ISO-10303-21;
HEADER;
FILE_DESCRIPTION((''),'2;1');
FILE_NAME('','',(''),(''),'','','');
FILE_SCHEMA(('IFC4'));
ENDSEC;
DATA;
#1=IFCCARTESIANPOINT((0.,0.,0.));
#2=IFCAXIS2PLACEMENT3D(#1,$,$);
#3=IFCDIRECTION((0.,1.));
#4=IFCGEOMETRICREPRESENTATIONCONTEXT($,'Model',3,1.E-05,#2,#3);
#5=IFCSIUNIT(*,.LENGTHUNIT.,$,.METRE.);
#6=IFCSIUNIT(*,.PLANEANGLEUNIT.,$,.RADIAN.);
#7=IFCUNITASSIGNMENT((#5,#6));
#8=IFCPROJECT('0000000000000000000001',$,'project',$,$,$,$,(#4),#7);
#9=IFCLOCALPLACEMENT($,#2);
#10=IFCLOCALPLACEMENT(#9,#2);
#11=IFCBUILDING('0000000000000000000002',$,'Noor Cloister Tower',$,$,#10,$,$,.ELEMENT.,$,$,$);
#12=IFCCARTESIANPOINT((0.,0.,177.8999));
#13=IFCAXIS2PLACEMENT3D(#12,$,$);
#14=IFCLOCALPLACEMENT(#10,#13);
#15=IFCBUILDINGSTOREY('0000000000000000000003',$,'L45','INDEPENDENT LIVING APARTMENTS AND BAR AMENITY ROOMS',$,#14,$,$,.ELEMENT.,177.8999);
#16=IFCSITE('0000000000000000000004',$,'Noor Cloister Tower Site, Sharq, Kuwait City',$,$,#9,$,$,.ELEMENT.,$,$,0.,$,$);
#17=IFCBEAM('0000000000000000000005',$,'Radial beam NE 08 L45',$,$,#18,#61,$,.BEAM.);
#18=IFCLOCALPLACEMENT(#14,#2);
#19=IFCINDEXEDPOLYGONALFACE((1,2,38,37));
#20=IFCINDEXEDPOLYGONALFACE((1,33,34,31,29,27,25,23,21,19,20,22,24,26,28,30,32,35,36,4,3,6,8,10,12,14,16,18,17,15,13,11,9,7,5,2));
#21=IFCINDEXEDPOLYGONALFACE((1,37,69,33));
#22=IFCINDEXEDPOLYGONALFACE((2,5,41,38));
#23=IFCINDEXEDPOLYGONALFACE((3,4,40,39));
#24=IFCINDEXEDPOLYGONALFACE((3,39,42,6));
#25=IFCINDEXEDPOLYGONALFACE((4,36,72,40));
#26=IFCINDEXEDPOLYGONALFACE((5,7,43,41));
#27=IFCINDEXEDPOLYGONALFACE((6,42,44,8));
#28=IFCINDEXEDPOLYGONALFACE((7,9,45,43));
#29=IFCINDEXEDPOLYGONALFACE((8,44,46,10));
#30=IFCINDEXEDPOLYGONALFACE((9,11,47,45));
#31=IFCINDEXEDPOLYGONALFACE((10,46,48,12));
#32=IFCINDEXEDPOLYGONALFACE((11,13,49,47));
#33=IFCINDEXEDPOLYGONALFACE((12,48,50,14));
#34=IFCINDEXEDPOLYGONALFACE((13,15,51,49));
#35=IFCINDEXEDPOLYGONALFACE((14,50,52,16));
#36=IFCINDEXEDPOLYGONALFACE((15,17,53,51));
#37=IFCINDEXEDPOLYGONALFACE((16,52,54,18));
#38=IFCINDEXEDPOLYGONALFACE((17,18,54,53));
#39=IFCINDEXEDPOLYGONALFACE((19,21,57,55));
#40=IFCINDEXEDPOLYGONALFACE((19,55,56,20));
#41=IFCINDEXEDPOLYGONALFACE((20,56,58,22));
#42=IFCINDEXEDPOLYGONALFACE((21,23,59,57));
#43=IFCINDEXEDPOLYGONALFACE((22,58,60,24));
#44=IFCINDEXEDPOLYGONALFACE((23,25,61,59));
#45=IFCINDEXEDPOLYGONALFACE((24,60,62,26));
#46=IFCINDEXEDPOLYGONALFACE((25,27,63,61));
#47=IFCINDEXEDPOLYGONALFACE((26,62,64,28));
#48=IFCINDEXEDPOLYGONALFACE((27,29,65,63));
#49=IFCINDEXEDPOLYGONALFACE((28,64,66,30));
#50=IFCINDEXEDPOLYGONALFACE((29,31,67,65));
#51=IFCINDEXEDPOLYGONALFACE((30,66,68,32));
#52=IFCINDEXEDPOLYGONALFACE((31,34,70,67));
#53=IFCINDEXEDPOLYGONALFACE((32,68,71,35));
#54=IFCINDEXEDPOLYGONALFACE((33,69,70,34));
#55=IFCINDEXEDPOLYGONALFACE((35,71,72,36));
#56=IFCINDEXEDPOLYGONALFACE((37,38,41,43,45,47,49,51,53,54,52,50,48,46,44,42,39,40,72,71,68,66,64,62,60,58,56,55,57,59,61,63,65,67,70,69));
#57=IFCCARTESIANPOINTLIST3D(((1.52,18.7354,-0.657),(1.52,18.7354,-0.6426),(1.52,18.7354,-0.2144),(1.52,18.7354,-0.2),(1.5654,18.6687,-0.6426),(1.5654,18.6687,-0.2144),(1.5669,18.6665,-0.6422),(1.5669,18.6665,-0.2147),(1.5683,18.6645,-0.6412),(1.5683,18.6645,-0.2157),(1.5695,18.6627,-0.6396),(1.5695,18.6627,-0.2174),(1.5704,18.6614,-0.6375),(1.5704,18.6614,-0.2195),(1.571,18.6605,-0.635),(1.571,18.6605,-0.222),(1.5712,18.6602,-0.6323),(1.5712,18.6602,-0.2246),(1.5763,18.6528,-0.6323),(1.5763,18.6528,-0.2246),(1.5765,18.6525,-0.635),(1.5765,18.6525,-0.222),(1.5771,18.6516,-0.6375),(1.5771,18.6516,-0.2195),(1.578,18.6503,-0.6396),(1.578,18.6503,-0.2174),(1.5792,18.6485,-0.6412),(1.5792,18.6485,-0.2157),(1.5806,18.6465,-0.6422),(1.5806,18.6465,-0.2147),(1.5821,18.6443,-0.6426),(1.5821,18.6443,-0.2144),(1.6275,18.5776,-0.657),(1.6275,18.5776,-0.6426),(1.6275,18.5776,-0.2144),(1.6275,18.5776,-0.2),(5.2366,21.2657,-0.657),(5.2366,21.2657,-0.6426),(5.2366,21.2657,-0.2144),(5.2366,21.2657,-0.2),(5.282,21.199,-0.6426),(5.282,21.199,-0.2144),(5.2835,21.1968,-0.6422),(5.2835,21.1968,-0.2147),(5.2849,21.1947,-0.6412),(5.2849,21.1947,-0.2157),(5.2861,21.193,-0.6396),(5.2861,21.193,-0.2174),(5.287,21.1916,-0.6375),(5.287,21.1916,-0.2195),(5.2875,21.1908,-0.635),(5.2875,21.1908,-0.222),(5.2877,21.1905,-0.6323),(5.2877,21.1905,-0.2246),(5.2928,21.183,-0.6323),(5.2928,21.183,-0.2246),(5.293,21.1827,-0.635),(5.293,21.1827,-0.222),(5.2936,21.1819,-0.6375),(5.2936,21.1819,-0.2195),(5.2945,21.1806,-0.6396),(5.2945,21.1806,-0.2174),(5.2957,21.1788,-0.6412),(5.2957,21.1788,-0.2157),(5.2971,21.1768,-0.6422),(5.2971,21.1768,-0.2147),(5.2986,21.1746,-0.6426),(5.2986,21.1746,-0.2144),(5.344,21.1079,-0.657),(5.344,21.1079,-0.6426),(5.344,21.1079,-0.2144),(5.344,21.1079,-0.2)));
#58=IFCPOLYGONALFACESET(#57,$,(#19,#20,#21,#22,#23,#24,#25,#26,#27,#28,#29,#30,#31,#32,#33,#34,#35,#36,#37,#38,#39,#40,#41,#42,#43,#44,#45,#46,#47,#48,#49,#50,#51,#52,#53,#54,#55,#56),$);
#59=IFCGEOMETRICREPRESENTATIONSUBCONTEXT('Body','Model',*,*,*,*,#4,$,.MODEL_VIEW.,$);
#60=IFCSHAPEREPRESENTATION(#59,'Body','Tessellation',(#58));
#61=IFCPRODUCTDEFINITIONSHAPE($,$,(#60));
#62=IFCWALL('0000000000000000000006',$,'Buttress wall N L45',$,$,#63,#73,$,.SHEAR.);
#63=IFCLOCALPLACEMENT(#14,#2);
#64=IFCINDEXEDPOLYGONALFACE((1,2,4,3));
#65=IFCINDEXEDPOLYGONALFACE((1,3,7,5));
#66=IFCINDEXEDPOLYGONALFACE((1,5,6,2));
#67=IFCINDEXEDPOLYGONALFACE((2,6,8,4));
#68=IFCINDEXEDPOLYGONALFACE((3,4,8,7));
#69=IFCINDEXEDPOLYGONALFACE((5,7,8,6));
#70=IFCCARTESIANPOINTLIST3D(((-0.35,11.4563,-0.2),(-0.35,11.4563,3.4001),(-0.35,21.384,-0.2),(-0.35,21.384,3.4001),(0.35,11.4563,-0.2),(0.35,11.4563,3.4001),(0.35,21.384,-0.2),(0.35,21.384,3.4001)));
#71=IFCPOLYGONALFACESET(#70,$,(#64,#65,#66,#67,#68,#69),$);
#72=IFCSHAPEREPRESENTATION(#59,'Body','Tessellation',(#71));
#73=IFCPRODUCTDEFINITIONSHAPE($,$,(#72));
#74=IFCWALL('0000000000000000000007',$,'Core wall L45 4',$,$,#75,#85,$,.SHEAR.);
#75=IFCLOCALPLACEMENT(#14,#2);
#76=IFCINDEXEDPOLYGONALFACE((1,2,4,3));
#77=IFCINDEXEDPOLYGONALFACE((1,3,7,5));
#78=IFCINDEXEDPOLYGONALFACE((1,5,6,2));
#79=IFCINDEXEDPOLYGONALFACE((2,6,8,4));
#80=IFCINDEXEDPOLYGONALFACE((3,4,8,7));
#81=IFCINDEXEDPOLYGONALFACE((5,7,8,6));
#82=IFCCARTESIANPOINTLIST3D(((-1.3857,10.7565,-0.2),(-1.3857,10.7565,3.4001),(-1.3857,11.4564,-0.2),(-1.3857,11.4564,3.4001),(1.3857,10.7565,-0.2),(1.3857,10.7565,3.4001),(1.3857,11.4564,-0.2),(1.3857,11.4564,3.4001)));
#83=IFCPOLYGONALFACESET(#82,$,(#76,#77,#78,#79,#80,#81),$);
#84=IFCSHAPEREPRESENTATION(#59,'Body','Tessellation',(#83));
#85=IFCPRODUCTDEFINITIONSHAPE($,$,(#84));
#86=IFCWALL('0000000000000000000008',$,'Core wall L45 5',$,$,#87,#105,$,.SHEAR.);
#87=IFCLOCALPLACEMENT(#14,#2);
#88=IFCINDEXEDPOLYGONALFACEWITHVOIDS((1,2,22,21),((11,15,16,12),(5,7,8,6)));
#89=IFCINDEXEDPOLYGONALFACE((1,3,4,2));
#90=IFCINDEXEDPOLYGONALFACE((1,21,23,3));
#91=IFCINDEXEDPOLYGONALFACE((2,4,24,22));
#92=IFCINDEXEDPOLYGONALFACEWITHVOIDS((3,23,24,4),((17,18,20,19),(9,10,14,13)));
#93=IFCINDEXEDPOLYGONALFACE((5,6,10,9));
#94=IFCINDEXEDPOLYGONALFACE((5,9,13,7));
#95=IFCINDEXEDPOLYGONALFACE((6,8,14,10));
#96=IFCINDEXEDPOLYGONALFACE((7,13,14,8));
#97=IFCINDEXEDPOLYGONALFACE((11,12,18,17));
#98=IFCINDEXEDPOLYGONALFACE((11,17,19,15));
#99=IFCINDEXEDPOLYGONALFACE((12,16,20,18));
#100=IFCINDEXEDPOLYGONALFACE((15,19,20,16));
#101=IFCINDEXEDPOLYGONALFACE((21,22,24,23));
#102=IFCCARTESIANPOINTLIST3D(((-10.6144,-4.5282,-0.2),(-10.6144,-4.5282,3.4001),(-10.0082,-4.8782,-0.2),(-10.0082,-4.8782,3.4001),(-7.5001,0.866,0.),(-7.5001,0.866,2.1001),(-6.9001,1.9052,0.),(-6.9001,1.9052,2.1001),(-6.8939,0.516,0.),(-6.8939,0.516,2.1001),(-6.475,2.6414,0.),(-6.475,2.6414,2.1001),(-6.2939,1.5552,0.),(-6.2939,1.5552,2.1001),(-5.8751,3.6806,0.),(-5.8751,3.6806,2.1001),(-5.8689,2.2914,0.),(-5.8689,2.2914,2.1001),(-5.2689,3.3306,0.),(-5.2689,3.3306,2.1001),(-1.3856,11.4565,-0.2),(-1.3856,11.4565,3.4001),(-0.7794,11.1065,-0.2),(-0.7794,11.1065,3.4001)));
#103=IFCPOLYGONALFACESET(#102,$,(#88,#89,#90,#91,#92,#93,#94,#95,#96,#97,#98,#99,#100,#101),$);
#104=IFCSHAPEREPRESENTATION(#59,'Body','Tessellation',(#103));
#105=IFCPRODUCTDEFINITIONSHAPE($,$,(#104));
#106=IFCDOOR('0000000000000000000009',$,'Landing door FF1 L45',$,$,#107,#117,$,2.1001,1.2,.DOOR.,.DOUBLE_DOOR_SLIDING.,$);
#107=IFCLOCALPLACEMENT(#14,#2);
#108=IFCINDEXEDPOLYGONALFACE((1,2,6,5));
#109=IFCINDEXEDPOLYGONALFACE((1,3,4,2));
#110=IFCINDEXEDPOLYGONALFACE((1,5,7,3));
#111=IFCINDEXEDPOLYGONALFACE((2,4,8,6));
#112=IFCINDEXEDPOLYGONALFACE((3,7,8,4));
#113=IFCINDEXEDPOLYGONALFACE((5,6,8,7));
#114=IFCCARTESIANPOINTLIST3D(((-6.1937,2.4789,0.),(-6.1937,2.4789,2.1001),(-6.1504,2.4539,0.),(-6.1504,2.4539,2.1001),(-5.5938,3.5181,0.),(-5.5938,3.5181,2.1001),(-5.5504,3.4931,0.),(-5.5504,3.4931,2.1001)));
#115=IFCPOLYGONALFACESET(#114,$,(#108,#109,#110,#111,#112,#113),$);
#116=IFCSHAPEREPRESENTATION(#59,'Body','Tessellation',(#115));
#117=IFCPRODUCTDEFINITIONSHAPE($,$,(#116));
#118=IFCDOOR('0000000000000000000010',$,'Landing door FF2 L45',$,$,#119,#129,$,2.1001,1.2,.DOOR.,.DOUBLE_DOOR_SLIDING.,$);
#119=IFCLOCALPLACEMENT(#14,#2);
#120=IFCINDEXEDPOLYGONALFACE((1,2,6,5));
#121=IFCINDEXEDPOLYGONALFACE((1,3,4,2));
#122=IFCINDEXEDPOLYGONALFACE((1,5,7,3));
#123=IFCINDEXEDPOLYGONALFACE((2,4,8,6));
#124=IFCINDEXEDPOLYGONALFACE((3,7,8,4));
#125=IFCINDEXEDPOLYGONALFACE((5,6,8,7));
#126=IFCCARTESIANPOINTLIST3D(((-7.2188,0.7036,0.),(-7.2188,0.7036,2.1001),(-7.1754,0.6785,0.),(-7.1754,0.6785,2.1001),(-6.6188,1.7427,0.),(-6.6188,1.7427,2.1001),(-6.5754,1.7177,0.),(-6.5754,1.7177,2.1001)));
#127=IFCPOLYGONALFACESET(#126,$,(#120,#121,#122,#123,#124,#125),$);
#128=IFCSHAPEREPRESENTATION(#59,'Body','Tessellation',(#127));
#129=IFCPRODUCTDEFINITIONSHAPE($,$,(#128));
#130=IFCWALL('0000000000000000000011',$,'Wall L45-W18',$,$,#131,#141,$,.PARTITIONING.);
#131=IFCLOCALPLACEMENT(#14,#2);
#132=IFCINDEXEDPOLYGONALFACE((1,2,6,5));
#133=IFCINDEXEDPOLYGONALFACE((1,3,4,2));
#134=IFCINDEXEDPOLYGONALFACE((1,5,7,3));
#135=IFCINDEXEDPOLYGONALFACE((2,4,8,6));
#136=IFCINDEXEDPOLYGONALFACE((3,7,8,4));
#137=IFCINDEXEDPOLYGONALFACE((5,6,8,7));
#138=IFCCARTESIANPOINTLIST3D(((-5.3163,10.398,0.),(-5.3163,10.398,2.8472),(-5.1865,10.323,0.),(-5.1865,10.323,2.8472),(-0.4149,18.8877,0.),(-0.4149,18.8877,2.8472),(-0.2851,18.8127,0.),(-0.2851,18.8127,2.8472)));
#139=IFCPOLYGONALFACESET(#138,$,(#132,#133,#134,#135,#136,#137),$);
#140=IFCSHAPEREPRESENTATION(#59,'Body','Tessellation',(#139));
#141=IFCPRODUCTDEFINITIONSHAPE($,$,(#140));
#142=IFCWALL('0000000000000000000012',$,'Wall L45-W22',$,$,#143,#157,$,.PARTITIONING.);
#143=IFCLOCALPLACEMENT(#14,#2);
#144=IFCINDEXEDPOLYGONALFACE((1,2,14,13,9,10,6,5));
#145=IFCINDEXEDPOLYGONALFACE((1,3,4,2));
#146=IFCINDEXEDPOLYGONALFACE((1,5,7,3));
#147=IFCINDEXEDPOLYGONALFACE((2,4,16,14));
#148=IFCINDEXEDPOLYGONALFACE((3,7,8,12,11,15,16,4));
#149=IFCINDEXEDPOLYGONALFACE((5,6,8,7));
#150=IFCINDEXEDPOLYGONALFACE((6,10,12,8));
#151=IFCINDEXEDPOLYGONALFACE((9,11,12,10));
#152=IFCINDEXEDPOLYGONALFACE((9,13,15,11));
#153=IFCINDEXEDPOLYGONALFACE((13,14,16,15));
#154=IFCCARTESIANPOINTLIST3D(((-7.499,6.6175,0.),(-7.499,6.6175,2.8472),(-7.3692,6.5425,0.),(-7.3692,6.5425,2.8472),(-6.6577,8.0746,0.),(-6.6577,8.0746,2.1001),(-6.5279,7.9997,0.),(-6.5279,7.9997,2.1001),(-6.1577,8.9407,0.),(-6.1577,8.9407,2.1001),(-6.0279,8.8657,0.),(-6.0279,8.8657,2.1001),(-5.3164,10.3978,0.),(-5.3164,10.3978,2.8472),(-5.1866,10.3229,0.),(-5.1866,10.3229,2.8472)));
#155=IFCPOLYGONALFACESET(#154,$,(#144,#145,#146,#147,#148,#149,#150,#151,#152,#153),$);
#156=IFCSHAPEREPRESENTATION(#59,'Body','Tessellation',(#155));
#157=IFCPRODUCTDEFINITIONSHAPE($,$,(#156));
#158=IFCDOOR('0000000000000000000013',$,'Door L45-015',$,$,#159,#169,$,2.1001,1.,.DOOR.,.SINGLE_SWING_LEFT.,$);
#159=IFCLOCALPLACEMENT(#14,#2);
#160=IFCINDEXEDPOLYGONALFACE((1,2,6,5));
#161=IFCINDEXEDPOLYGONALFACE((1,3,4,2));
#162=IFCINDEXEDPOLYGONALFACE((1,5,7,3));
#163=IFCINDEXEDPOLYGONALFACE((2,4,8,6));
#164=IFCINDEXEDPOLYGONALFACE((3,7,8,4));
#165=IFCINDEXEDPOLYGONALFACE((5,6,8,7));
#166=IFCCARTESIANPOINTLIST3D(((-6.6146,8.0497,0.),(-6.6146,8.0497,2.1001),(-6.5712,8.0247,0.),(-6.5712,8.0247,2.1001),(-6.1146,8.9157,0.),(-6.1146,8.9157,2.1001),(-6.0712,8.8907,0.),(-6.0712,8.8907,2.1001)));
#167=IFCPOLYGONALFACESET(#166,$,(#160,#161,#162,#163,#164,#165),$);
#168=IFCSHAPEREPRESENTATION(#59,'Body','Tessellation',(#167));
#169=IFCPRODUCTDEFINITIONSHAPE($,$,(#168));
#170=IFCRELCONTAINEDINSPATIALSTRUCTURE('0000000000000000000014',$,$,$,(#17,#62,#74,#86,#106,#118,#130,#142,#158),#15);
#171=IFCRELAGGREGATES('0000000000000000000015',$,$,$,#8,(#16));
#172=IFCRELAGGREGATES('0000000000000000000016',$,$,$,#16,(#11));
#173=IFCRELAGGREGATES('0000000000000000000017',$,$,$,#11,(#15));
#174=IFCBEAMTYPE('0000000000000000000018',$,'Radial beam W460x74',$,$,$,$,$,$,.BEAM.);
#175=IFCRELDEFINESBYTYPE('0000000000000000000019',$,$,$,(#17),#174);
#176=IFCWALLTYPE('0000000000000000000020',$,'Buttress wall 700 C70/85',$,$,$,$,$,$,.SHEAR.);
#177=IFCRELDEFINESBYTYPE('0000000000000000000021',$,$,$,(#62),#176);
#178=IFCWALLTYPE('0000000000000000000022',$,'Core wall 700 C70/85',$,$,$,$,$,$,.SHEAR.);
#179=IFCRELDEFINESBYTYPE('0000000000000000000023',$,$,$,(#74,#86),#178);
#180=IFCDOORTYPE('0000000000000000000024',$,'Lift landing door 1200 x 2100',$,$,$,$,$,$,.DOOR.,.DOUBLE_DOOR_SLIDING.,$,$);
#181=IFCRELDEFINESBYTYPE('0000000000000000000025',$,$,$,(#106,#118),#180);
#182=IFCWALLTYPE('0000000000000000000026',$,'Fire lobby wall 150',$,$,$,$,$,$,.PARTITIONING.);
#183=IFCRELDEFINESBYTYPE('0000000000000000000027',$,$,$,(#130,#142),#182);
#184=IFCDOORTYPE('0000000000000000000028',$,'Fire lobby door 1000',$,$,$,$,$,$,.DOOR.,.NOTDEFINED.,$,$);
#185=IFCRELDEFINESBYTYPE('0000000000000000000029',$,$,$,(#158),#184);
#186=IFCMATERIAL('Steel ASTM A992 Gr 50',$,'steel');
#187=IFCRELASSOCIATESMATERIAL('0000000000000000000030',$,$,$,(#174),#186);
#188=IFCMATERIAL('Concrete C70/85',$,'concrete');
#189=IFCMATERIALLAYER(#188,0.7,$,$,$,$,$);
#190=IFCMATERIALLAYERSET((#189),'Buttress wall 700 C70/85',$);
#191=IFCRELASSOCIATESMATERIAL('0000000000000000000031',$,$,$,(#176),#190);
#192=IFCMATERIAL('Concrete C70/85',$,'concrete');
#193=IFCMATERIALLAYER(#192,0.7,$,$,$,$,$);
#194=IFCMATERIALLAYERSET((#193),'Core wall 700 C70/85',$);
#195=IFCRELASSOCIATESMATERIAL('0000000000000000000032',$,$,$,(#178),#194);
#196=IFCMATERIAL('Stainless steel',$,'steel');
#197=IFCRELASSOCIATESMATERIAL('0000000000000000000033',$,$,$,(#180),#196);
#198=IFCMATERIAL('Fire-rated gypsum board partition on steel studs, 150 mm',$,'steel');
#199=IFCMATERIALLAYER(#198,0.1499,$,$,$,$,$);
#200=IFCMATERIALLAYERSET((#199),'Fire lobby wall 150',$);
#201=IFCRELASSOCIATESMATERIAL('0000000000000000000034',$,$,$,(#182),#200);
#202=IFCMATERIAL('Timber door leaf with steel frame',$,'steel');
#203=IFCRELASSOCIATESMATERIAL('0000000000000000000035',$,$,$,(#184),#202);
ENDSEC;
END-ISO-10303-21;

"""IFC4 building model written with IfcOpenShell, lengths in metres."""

from ifc_helpers import new_model, si_unit, direction, frame, frame_2d, origin, origin_2d, place, context, subcontext, project, spatial, rectangle, i_section, extrude, material, layer, layer_set, material_profile, profile_set, type_object, element, fill, save


model = new_model("IFC4")

# Units and contexts
model_context = context("Model", 3, precision=1e-05, world=origin(), true_north=direction((0.0, 1.0)))
body_context = subcontext(model_context, "Body", "Model", "MODEL_VIEW")
ifc_project = project(units=[si_unit("LENGTHUNIT", "METRE"), si_unit("PLANEANGLEUNIT", "RADIAN")], contexts=[model_context])

# Site, building, storey
site_placement = place(None, origin())
site = spatial("IfcSite", under=ifc_project, at=site_placement, Name="Noor Cloister Tower Site, Sharq, Kuwait City", CompositionType="ELEMENT", RefElevation=0.0)
building_placement = place(site_placement, origin())
building = spatial("IfcBuilding", under=site, at=building_placement, Name="Noor Cloister Tower", CompositionType="ELEMENT")
storey_placement = place(building_placement, frame((0.0, 0.0, 177.8999)))
storey = spatial("IfcBuildingStorey", under=building, at=storey_placement, Name="L45", Description="INDEPENDENT LIVING APARTMENTS AND BAR AMENITY ROOMS", CompositionType="ELEMENT", Elevation=177.8999)

# Beam
ifc_material_1 = material(Name="Steel ASTM A992 Gr 50", Category="steel")
ifc_material_profile_1 = material_profile(ifc_material_1, i_section(OverallWidth=0.1909, OverallDepth=0.457, WebThickness=0.009, FlangeThickness=0.0144, FilletRadius=0.0103, at=origin_2d()), Name="W460x74")
ifc_profile_set_1 = profile_set([ifc_material_profile_1], Name="Steel ASTM A992 Gr 50")
beam_type = type_object("IfcBeamType", Name="Radial beam W460x74", PredefinedType="BEAM", material=ifc_profile_set_1)
beam_1_placement = place(storey_placement, frame((5.2903, 21.1868, -0.4285), z_axis=(-0.826614, -0.562769, 0.0), x_axis=(0.562769, -0.826614, 0.0)))
element("IfcBeam", 1, at=beam_1_placement, inside=storey, type_object=beam_type, Name="Radial beam NE 08 L45", PredefinedType="BEAM", context=body_context, shape_type="SweptSolid", body=[
    extrude(i_section(OverallWidth=0.1909, OverallDepth=0.457, WebThickness=0.009, FlangeThickness=0.0144, FilletRadius=0.0103, at=origin_2d()), origin(), (0.0, 0.0, 1.0), 4.4961),
])

# Walls
ifc_material_2 = material(Name="Concrete C70/85", Category="concrete")
ifc_layer_1 = layer(ifc_material_2, 0.7)
ifc_layer_set_1 = layer_set([ifc_layer_1], Name="Buttress wall 700 C70/85")
wall_type_1 = type_object("IfcWallType", Name="Buttress wall 700 C70/85", PredefinedType="SHEAR", material=ifc_layer_set_1)
wall_1_placement = place(storey_placement, frame((0.0, 11.4563, -0.2), z_axis=(0.0, 0.0, 1.0), x_axis=(0.0, 1.0, 0.0)))
element("IfcWall", 2, at=wall_1_placement, inside=storey, type_object=wall_type_1, Name="Buttress wall N L45", PredefinedType="SHEAR", context=body_context, shape_type="SweptSolid", body=[
    extrude(rectangle(XDim=9.9277, YDim=0.7, at=frame_2d((4.9639, 0.0))), origin(), (0.0, 0.0, 1.0), 3.6001),
])
ifc_material_3 = material(Name="Concrete C70/85", Category="concrete")
ifc_layer_2 = layer(ifc_material_3, 0.7)
ifc_layer_set_2 = layer_set([ifc_layer_2], Name="Core wall 700 C70/85")
wall_type_2 = type_object("IfcWallType", Name="Core wall 700 C70/85", PredefinedType="SHEAR", material=ifc_layer_set_2)
wall_2_placement = place(storey_placement, frame((1.3857, 11.1064, -0.2), z_axis=(0.0, 0.0, 1.0), x_axis=(-1.0, 0.0, 0.0)))
element("IfcWall", 3, at=wall_2_placement, inside=storey, type_object=wall_type_2, Name="Core wall L45 4", PredefinedType="SHEAR", context=body_context, shape_type="SweptSolid", body=[
    extrude(rectangle(XDim=2.7715, YDim=0.7, at=frame_2d((1.3857, 0.0))), origin(), (0.0, 0.0, 1.0), 3.6001),
])

# Wall, openings, doors
wall_3_placement = place(storey_placement, frame((-1.0825, 11.2815, -0.2), z_axis=(0.0, 0.0, 1.0), x_axis=(-0.500001, -0.866025, 0.0)))
wall_3 = element("IfcWall", 4, at=wall_3_placement, inside=storey, type_object=wall_type_2, Name="Core wall L45 5", PredefinedType="SHEAR", context=body_context, shape_type="SweptSolid", body=[
    extrude(rectangle(XDim=18.4575, YDim=0.7, at=frame_2d((9.2288, 0.0))), origin(), (0.0, 0.0, 1.0), 3.6001),
])
opening_1_placement = place(wall_3_placement, frame((8.9788, 0.0, 0.2)))
opening_1 = element("IfcOpeningElement", 5, at=opening_1_placement, cuts=wall_3, PredefinedType="OPENING", context=body_context, shape_type="SweptSolid", body=[
    extrude(rectangle(XDim=1.2, YDim=2.1001, at=frame_2d((0.6001, 1.05))), frame((0.0, 0.3599, 0.0), z_axis=(0.0, -1.0, 0.0), x_axis=(1.0, 0.0, 0.0)), (0.0, 0.0, 1.0), 0.72),
])
opening_2_placement = place(wall_3_placement, frame((11.0288, 0.0, 0.2)))
opening_2 = element("IfcOpeningElement", 6, at=opening_2_placement, cuts=wall_3, PredefinedType="OPENING", context=body_context, shape_type="SweptSolid", body=[
    extrude(rectangle(XDim=1.2, YDim=2.1001, at=frame_2d((0.6001, 1.05))), frame((0.0, 0.3599, 0.0), z_axis=(0.0, -1.0, 0.0), x_axis=(1.0, 0.0, 0.0)), (0.0, 0.0, 1.0), 0.72),
])
ifc_material_4 = material(Name="Stainless steel", Category="steel")
door_type_1 = type_object("IfcDoorType", Name="Lift landing door 1200 x 2100", OperationType="DOUBLE_DOOR_SLIDING", PredefinedType="DOOR", material=ifc_material_4)
door_1_placement = place(opening_1_placement, origin())
door_1 = element("IfcDoor", 7, at=door_1_placement, inside=storey, type_object=door_type_1, Name="Landing door FF1 L45", OperationType="DOUBLE_DOOR_SLIDING", OverallHeight=2.1001, OverallWidth=1.2, PredefinedType="DOOR", context=body_context, shape_type="SweptSolid", body=[
    extrude(rectangle(XDim=1.2, YDim=2.1001, at=frame_2d((0.6001, 1.05))), frame((0.0, 0.0249, 0.0), z_axis=(0.0, -1.0, 0.0), x_axis=(1.0, 0.0, 0.0)), (0.0, 0.0, 1.0), 0.05),
])
fill(opening_1, door_1)
door_2_placement = place(opening_2_placement, origin())
door_2 = element("IfcDoor", 8, at=door_2_placement, inside=storey, type_object=door_type_1, Name="Landing door FF2 L45", OperationType="DOUBLE_DOOR_SLIDING", OverallHeight=2.1001, OverallWidth=1.2, PredefinedType="DOOR", context=body_context, shape_type="SweptSolid", body=[
    extrude(rectangle(XDim=1.2, YDim=2.1001, at=frame_2d((0.6001, 1.05))), frame((0.0, 0.0249, 0.0), z_axis=(0.0, -1.0, 0.0), x_axis=(1.0, 0.0, 0.0)), (0.0, 0.0, 1.0), 0.05),
])
fill(opening_2, door_2)

# Wall
ifc_material_5 = material(Name="Fire-rated gypsum board partition on steel studs, 150 mm", Category="steel")
ifc_layer_3 = layer(ifc_material_5, 0.1499)
ifc_layer_set_3 = layer_set([ifc_layer_3], Name="Fire lobby wall 150")
wall_type_3 = type_object("IfcWallType", Name="Fire lobby wall 150", PredefinedType="PARTITIONING", material=ifc_layer_set_3)
wall_4_placement = place(storey_placement, frame((-0.3501, 18.8501, 0.0), z_axis=(0.0, 0.0, 1.0), x_axis=(-0.499985, -0.866034, 0.0)))
element("IfcWall", 9, at=wall_4_placement, inside=storey, type_object=wall_type_3, Name="Wall L45-W18", PredefinedType="PARTITIONING", context=body_context, shape_type="SweptSolid", body=[
    extrude(rectangle(XDim=9.803, YDim=0.1499, at=frame_2d((4.9014, 0.0))), origin(), (0.0, 0.0, 1.0), 2.8472),
])

# Wall, opening, door
wall_5_placement = place(storey_placement, frame((-5.2515, 10.3604, 0.0), z_axis=(0.0, 0.0, 1.0), x_axis=(-0.500013, -0.866018, 0.0)))
wall_5 = element("IfcWall", 10, at=wall_5_placement, inside=storey, type_object=wall_type_3, Name="Wall L45-W22", PredefinedType="PARTITIONING", context=body_context, shape_type="SweptSolid", body=[
    extrude(rectangle(XDim=4.3652, YDim=0.1499, at=frame_2d((2.1826, 0.0))), origin(), (0.0, 0.0, 1.0), 2.8472),
])
opening_3_placement = place(wall_5_placement, frame((1.6826, 0.0, 0.0)))
opening_3 = element("IfcOpeningElement", 11, at=opening_3_placement, cuts=wall_5, PredefinedType="OPENING", context=body_context, shape_type="SweptSolid", body=[
    extrude(rectangle(XDim=1.0, YDim=2.1001, at=frame_2d((0.5, 1.05))), frame((0.0, 0.085, 0.0), z_axis=(0.0, -1.0, 0.0), x_axis=(1.0, 0.0, 0.0)), (0.0, 0.0, 1.0), 0.1699),
])
ifc_material_6 = material(Name="Timber door leaf with steel frame", Category="steel")
door_type_2 = type_object("IfcDoorType", Name="Fire lobby door 1000", OperationType="NOTDEFINED", PredefinedType="DOOR", material=ifc_material_6)
door_3_placement = place(opening_3_placement, origin())
door_3 = element("IfcDoor", 12, at=door_3_placement, inside=storey, type_object=door_type_2, Name="Door L45-015", OperationType="SINGLE_SWING_LEFT", OverallHeight=2.1001, OverallWidth=1.0, PredefinedType="DOOR", context=body_context, shape_type="SweptSolid", body=[
    extrude(rectangle(XDim=1.0, YDim=2.1001, at=frame_2d((0.5, 1.05))), frame((0.0, 0.0249, 0.0), z_axis=(0.0, -1.0, 0.0), x_axis=(1.0, 0.0, 0.0)), (0.0, 0.0, 1.0), 0.05),
])
fill(opening_3, door_3)

save(model, "model.ifc")
